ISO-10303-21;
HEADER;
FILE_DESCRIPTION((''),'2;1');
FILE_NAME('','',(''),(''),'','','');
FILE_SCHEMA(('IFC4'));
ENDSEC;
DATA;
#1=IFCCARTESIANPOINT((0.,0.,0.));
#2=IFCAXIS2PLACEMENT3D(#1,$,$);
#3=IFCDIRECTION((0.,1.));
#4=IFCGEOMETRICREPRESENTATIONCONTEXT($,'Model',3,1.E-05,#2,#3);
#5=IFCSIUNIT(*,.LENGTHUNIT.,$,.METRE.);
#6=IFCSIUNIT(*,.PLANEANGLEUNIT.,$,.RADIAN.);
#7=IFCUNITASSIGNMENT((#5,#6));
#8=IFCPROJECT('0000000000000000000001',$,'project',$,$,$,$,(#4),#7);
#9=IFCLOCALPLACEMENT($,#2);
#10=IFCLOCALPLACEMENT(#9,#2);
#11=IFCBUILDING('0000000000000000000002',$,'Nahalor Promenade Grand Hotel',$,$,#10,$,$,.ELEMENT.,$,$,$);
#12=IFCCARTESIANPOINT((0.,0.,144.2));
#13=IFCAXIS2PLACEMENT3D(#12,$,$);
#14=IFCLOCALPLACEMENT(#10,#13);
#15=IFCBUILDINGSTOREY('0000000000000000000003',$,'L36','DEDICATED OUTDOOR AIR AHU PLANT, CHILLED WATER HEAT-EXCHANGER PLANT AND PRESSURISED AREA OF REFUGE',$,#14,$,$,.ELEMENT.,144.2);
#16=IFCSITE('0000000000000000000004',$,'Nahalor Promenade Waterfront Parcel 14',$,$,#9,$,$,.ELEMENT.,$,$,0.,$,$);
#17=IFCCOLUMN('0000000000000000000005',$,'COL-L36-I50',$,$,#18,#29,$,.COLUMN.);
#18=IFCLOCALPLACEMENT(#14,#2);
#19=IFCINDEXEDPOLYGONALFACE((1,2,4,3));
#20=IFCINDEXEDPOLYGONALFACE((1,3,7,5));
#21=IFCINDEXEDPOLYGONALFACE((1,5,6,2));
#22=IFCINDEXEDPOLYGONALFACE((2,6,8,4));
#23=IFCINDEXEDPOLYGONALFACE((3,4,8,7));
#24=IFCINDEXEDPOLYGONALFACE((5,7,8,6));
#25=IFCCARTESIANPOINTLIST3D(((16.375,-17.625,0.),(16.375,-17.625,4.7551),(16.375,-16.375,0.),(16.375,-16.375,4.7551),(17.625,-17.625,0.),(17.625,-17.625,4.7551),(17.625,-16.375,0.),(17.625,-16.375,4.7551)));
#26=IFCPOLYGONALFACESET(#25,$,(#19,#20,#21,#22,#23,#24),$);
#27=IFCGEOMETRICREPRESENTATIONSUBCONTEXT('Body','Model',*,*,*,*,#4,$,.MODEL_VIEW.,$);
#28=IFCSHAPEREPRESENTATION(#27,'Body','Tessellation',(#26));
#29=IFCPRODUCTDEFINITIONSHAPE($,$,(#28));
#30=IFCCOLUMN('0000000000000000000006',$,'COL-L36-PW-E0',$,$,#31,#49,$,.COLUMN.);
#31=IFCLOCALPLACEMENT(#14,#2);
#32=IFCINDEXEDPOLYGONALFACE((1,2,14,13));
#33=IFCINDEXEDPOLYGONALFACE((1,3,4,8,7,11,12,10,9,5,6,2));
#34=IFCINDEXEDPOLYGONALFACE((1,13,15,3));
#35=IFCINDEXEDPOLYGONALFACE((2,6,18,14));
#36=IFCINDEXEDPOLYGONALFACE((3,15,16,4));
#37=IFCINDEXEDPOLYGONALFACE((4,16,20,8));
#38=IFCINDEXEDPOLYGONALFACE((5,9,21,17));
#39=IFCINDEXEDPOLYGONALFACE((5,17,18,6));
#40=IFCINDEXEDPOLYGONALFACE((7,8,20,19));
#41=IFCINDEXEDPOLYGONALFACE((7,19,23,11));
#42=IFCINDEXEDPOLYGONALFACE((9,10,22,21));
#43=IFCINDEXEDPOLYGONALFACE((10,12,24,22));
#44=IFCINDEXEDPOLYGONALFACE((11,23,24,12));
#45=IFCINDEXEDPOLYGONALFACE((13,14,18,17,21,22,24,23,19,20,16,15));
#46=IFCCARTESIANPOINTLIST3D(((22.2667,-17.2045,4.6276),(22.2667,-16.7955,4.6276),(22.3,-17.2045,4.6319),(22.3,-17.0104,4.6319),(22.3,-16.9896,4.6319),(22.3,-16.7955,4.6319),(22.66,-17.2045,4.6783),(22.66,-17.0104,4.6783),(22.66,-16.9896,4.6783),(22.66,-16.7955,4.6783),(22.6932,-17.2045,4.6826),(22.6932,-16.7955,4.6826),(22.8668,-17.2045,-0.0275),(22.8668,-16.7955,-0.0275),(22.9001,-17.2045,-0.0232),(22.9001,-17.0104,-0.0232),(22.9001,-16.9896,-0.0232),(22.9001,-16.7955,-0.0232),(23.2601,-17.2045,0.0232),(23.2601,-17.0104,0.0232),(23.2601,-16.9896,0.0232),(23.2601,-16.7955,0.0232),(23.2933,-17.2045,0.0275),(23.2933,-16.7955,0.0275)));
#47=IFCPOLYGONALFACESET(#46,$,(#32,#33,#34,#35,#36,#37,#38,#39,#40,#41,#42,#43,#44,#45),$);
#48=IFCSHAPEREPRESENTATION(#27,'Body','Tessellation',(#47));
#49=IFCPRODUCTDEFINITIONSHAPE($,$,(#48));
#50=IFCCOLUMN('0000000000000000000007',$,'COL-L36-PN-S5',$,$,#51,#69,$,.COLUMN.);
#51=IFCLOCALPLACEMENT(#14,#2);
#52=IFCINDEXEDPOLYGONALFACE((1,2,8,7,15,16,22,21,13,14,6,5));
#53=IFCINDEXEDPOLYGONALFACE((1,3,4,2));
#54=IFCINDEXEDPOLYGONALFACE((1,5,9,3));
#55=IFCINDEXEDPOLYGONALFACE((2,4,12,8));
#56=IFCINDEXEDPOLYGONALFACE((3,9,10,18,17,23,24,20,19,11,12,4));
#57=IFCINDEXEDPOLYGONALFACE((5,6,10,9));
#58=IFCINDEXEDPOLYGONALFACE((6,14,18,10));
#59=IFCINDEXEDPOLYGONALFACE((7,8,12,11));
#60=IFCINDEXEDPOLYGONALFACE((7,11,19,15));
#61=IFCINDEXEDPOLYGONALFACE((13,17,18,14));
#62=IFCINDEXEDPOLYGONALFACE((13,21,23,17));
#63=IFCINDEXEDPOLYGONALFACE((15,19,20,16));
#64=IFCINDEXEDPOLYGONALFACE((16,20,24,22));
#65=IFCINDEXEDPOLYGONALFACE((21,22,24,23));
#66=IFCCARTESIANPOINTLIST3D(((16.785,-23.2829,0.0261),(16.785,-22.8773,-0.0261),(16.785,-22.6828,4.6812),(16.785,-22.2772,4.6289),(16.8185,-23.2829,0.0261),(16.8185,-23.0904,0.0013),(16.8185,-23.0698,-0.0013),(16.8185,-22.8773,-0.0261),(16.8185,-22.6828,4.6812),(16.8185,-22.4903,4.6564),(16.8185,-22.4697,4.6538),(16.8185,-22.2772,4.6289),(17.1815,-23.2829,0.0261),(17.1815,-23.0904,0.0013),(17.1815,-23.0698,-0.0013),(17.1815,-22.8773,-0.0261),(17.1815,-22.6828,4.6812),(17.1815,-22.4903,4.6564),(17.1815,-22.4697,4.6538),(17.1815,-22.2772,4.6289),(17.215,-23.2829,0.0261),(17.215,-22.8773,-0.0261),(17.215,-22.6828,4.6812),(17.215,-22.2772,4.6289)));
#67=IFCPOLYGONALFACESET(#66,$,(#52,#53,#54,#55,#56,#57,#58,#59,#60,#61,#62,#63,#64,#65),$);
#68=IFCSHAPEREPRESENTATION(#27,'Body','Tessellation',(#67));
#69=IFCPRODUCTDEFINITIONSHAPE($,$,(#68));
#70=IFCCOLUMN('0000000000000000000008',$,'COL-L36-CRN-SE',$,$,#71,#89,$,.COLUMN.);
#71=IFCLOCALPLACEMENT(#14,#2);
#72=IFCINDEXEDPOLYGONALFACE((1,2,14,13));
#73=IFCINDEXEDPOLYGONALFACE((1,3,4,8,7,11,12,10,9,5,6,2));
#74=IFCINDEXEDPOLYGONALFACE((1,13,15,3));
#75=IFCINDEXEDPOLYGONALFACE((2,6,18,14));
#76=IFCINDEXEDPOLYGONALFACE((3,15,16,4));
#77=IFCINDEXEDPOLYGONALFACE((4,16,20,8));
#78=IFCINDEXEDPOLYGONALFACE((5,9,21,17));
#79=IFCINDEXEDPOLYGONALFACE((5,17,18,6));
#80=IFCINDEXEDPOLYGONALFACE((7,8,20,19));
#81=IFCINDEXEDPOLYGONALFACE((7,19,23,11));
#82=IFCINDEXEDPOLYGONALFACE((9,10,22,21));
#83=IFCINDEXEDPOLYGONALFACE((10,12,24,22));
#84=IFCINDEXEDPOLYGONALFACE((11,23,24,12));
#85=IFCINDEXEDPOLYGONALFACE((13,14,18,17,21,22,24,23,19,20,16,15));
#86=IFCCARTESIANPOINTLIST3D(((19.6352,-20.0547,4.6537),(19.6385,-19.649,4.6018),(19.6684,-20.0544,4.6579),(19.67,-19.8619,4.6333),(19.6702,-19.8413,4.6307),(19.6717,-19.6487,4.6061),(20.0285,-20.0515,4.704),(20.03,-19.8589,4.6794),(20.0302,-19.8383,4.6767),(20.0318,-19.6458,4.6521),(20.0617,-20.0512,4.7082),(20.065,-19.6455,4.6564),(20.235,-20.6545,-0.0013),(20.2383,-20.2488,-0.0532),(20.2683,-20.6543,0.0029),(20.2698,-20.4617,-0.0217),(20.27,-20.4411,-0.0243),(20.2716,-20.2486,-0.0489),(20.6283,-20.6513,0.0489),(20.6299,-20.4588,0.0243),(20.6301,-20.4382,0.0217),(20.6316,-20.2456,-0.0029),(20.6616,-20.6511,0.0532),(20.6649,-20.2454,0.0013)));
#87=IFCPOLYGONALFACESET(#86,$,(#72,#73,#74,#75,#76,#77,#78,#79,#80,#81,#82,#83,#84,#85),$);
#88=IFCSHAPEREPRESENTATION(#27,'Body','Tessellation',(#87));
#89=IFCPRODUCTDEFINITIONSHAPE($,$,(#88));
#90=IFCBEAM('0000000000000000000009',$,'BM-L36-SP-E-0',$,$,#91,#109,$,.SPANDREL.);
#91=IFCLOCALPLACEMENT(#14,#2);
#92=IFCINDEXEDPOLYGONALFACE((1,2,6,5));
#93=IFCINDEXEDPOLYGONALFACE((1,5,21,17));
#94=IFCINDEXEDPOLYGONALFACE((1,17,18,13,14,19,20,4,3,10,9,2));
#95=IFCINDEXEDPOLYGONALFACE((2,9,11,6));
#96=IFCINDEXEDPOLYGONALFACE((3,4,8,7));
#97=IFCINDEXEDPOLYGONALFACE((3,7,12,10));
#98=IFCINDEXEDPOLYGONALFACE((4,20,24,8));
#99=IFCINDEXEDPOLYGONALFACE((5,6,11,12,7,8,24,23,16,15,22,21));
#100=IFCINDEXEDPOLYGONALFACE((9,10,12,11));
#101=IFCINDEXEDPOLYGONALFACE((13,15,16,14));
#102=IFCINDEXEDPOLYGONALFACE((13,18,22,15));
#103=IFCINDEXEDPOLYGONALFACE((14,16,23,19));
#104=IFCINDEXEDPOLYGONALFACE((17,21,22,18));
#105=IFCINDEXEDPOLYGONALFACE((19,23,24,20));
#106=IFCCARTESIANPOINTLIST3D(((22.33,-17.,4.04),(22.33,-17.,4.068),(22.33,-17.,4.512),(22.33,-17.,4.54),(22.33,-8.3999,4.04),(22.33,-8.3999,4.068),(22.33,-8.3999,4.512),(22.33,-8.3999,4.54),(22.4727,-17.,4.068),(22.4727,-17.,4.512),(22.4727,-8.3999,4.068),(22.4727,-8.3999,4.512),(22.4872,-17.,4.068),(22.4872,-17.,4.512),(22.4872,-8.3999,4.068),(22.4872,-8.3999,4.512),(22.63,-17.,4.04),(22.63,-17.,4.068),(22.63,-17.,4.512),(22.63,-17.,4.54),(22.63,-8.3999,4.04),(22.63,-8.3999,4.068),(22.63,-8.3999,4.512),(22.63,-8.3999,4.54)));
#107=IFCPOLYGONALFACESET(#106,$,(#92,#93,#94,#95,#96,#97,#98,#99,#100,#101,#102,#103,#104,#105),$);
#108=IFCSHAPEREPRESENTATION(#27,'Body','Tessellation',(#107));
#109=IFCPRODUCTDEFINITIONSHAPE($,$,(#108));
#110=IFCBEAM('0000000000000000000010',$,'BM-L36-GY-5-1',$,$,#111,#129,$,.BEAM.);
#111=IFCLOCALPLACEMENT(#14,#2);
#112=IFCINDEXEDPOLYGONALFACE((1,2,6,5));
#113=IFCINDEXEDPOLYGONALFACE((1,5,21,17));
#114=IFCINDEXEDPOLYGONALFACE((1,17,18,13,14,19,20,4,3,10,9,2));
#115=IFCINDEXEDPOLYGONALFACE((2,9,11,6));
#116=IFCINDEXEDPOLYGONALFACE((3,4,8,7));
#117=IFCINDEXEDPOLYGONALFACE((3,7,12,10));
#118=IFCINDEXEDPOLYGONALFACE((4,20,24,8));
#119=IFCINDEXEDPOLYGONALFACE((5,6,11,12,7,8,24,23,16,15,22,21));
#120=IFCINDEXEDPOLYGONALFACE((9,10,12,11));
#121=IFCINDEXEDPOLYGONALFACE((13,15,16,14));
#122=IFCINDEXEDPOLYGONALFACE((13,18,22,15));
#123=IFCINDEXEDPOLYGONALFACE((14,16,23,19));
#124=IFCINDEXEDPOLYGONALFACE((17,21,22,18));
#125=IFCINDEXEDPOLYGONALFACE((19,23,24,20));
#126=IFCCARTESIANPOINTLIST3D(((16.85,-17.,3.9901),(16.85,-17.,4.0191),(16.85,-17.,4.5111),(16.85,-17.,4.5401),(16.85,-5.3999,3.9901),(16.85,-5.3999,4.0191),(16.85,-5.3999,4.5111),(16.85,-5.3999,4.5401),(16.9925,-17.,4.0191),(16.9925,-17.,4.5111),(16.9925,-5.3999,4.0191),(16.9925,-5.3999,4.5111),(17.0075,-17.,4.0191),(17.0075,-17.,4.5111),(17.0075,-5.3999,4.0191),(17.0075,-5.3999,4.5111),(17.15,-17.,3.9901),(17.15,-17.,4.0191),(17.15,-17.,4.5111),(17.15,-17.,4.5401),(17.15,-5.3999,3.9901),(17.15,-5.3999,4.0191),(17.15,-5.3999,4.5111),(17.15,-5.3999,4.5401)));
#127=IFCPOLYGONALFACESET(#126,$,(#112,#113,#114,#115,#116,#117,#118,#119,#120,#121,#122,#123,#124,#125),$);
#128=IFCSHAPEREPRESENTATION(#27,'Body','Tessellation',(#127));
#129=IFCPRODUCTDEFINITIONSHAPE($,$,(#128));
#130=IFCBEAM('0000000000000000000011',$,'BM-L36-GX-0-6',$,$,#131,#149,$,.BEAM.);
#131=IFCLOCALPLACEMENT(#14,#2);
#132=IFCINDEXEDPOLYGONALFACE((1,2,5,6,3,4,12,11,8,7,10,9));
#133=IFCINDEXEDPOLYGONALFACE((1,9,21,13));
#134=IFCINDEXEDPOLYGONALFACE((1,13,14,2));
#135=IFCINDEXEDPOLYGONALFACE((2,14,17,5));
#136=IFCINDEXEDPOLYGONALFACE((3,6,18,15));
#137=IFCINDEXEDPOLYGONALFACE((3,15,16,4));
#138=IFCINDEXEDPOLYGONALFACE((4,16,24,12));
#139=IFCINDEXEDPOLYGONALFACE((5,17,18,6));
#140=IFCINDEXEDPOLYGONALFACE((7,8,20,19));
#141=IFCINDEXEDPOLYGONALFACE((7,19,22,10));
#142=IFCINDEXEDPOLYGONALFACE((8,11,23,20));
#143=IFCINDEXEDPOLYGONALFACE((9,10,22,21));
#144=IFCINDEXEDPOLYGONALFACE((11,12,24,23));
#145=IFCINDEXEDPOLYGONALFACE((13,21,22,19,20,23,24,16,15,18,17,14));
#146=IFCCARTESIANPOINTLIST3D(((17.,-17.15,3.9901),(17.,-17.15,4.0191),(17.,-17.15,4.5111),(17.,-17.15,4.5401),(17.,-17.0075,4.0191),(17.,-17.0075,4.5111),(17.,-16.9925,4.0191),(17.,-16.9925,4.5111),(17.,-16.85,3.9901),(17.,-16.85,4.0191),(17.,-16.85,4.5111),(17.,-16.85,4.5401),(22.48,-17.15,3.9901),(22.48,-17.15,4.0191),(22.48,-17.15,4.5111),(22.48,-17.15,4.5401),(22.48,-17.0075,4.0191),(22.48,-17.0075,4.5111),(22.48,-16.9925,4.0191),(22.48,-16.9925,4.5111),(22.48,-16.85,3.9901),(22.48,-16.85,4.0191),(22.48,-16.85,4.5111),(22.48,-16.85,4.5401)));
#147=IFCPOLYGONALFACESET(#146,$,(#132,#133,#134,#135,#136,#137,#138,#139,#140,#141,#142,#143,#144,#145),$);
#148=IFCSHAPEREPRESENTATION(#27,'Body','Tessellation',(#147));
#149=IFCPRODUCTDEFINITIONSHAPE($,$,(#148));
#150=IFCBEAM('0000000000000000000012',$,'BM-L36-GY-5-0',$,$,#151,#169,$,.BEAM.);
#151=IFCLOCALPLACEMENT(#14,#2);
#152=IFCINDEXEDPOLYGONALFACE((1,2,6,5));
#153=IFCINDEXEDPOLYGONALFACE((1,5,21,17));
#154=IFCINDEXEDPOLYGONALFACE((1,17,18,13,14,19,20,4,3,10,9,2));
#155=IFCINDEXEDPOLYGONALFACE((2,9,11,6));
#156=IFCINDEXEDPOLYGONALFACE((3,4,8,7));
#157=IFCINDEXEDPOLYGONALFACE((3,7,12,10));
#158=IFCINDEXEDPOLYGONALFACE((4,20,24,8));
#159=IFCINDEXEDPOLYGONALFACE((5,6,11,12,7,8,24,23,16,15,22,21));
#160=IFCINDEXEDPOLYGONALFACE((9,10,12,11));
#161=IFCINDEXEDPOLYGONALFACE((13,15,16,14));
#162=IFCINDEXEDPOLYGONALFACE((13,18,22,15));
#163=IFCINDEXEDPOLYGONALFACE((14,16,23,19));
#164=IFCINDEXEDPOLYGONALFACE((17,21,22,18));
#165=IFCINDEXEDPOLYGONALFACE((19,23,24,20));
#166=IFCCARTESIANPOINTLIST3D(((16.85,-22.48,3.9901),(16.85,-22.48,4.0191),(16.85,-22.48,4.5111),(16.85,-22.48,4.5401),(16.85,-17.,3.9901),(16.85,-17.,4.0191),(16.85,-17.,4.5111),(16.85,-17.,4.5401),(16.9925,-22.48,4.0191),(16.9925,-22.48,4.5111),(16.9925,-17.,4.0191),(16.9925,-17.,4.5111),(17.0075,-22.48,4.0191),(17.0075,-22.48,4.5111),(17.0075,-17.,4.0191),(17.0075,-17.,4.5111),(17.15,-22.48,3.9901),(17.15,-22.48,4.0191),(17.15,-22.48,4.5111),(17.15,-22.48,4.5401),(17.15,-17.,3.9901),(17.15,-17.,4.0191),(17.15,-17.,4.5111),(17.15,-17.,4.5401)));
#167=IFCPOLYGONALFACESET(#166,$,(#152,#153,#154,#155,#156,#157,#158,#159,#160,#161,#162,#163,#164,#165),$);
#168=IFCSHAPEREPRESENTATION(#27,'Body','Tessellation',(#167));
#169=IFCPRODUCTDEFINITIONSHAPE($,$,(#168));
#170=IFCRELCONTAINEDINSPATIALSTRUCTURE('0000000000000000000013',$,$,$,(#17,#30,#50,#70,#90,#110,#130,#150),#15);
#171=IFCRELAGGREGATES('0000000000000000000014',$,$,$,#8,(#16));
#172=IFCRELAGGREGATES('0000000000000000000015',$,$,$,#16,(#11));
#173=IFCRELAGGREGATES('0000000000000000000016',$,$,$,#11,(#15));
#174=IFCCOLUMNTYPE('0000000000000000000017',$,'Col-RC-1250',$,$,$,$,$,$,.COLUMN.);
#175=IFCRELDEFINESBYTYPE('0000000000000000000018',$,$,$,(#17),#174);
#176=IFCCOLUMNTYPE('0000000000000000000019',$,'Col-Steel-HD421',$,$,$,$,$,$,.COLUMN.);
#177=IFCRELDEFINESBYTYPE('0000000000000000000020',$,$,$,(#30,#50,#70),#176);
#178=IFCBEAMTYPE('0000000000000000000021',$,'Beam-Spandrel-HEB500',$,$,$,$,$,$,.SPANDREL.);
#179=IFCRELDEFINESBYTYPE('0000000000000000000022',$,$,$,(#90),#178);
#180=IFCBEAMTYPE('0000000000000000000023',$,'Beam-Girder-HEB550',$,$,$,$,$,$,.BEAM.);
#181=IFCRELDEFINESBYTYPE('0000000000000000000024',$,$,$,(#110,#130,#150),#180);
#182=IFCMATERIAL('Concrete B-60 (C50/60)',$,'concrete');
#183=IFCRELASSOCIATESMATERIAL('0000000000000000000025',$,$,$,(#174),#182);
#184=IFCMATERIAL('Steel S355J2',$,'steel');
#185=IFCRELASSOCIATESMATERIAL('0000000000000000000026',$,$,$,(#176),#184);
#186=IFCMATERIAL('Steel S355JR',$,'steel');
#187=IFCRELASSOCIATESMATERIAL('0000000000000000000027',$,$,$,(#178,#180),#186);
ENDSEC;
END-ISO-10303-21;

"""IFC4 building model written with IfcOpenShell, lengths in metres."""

from ifc_helpers import new_model, si_unit, direction, frame, origin, origin_2d, place, context, subcontext, project, spatial, rectangle, i_section, extrude, source, transform, mapped, material, material_profile, profile_set, type_object, element, save


model = new_model("IFC4")

# Units and contexts
model_context = context("Model", 3, precision=1e-05, world=origin(), true_north=direction((0.0, 1.0)))
body_context = subcontext(model_context, "Body", "Model", "MODEL_VIEW")
ifc_project = project(units=[si_unit("LENGTHUNIT", "METRE"), si_unit("PLANEANGLEUNIT", "RADIAN")], contexts=[model_context])

# Site, building, storey
site_placement = place(None, origin())
site = spatial("IfcSite", under=ifc_project, at=site_placement, Name="Nahalor Promenade Waterfront Parcel 14", CompositionType="ELEMENT", RefElevation=0.0)
building_placement = place(site_placement, origin())
building = spatial("IfcBuilding", under=site, at=building_placement, Name="Nahalor Promenade Grand Hotel", CompositionType="ELEMENT")
storey_placement = place(building_placement, frame((0.0, 0.0, 144.2)))
storey = spatial("IfcBuildingStorey", under=building, at=storey_placement, Name="L36", Description="DEDICATED OUTDOOR AIR AHU PLANT, CHILLED WATER HEAT-EXCHANGER PLANT AND PRESSURISED AREA OF REFUGE", CompositionType="ELEMENT", Elevation=144.2)

# Columns
ifc_material_1 = material(Name="Concrete B-60 (C50/60)", Category="concrete")
ifc_material_profile_1 = material_profile(ifc_material_1, rectangle(XDim=1.25, YDim=1.25, at=origin_2d()), Name="RC 1250x1250")
ifc_profile_set_1 = profile_set([ifc_material_profile_1], Name="Concrete B-60 (C50/60)")
column_type_1 = type_object("IfcColumnType", Name="Col-RC-1250", PredefinedType="COLUMN", material=ifc_profile_set_1)
shared_shape_1 = source(origin(), body_context, "Body", "SweptSolid", [
    extrude(rectangle(XDim=1.25, YDim=1.25, at=origin_2d()), origin(), (0.0, 0.0, 1.0), 4.7551),
])
column_1_placement = place(storey_placement, frame((17.0, -17.0, 0.0), z_axis=(0.0, 0.0, 1.0), x_axis=(1.0, 0.0, 0.0)))
element("IfcColumn", 1, at=column_1_placement, inside=storey, type_object=column_type_1, Name="COL-L36-I50", PredefinedType="COLUMN", context=body_context, shape_type="MappedRepresentation", body=[
    mapped(shared_shape_1, transform((0.0, 0.0, 0.0), scale=1.0)),
])
ifc_material_2 = material(Name="Steel S355J2", Category="steel")
ifc_material_profile_2 = material_profile(ifc_material_2, i_section(OverallWidth=0.409, OverallDepth=0.43, WebThickness=0.0208, FlangeThickness=0.0335, at=origin_2d()), Name="HD 400x421")
ifc_profile_set_2 = profile_set([ifc_material_profile_2], Name="Steel S355J2")
column_type_2 = type_object("IfcColumnType", Name="Col-Steel-HD421", PredefinedType="COLUMN", material=ifc_profile_set_2)
shared_shape_2 = source(origin(), body_context, "Body", "SweptSolid", [
    extrude(i_section(OverallWidth=0.409, OverallDepth=0.43, WebThickness=0.0208, FlangeThickness=0.0335, at=origin_2d()), origin(), (0.0, 0.0, 1.0), 4.6936),
])
for number, where, z_axis, x_axis, name in (
    (2, (23.0801, -17.0, 0.0), (-0.127856, 0.0, 0.991793), (0.0, -1.0, 0.0), "COL-L36-PW-E0"),
    (3, (17.0, -23.0801, 0.0), (0.0, 0.127856, 0.991793), (0.0, -0.991793, 0.127856), "COL-L36-PN-S5"),
):
    element("IfcColumn", number, at=place(storey_placement, frame(where, z_axis=z_axis, x_axis=x_axis)), inside=storey, type_object=column_type_2, Name=name, PredefinedType="COLUMN", context=body_context, shape_type="MappedRepresentation", body=[
        mapped(shared_shape_2, transform((0.0, 0.0, 0.0), scale=1.0)),
    ])
shared_shape_3 = source(origin(), body_context, "Body", "SweptSolid", [
    extrude(i_section(OverallWidth=0.409, OverallDepth=0.43, WebThickness=0.0208, FlangeThickness=0.0335, at=origin_2d()), origin(), (0.0, 0.0, 1.0), 4.7317),
])
column_2_placement = place(storey_placement, frame((20.45, -20.45, 0.0), z_axis=(-0.126773, 0.126773, 0.983797), x_axis=(-0.008101, -0.991899, 0.126773)))
element("IfcColumn", 4, at=column_2_placement, inside=storey, type_object=column_type_2, Name="COL-L36-CRN-SE", PredefinedType="COLUMN", context=body_context, shape_type="MappedRepresentation", body=[
    mapped(shared_shape_3, transform((0.0, 0.0, 0.0), scale=1.0)),
])

# Beams
ifc_material_3 = material(Name="Steel S355JR", Category="steel")
ifc_material_profile_3 = material_profile(ifc_material_3, i_section(OverallWidth=0.3, OverallDepth=0.5, WebThickness=0.0145, FlangeThickness=0.028, at=origin_2d()), Name="HEB 500")
ifc_profile_set_3 = profile_set([ifc_material_profile_3], Name="Steel S355JR")
beam_type_1 = type_object("IfcBeamType", Name="Beam-Spandrel-HEB500", PredefinedType="SPANDREL", material=ifc_profile_set_3)
shared_shape_4 = source(origin(), body_context, "Body", "SweptSolid", [
    extrude(i_section(OverallWidth=0.3, OverallDepth=0.5, WebThickness=0.0145, FlangeThickness=0.028, at=origin_2d()), origin(), (0.0, 0.0, 1.0), 8.6001),
])
beam_1_placement = place(storey_placement, frame((22.48, -17.0, 4.29), z_axis=(0.0, 1.0, 0.0), x_axis=(-1.0, 0.0, 0.0)))
element("IfcBeam", 5, at=beam_1_placement, inside=storey, type_object=beam_type_1, Name="BM-L36-SP-E-0", PredefinedType="SPANDREL", context=body_context, shape_type="MappedRepresentation", body=[
    mapped(shared_shape_4, transform((0.0, 0.0, 0.0), scale=1.0)),
])
ifc_material_profile_4 = material_profile(ifc_material_3, i_section(OverallWidth=0.3, OverallDepth=0.55, WebThickness=0.015, FlangeThickness=0.029, at=origin_2d()), Name="HEB 550")
ifc_profile_set_4 = profile_set([ifc_material_profile_4], Name="Steel S355JR")
beam_type_2 = type_object("IfcBeamType", Name="Beam-Girder-HEB550", PredefinedType="BEAM", material=ifc_profile_set_4)
shared_shape_5 = source(origin(), body_context, "Body", "SweptSolid", [
    extrude(i_section(OverallWidth=0.3, OverallDepth=0.55, WebThickness=0.015, FlangeThickness=0.029, at=origin_2d()), origin(), (0.0, 0.0, 1.0), 11.6001),
])
beam_2_placement = place(storey_placement, frame((17.0, -17.0, 4.2651), z_axis=(0.0, 1.0, 0.0), x_axis=(-1.0, 0.0, 0.0)))
element("IfcBeam", 6, at=beam_2_placement, inside=storey, type_object=beam_type_2, Name="BM-L36-GY-5-1", PredefinedType="BEAM", context=body_context, shape_type="MappedRepresentation", body=[
    mapped(shared_shape_5, transform((0.0, 0.0, 0.0), scale=1.0)),
])
shared_shape_6 = source(origin(), body_context, "Body", "SweptSolid", [
    extrude(i_section(OverallWidth=0.3, OverallDepth=0.55, WebThickness=0.015, FlangeThickness=0.029, at=origin_2d()), origin(), (0.0, 0.0, 1.0), 5.48),
])
for number, where, z_axis, x_axis, name in (
    (7, (17.0, -17.0, 4.2651), (1.0, 0.0, 0.0), (0.0, 1.0, 0.0), "BM-L36-GX-0-6"),
    (8, (17.0, -22.48, 4.2651), (0.0, 1.0, 0.0), (-1.0, 0.0, 0.0), "BM-L36-GY-5-0"),
):
    element("IfcBeam", number, at=place(storey_placement, frame(where, z_axis=z_axis, x_axis=x_axis)), inside=storey, type_object=beam_type_2, Name=name, PredefinedType="BEAM", context=body_context, shape_type="MappedRepresentation", body=[
        mapped(shared_shape_6, transform((0.0, 0.0, 0.0), scale=1.0)),
    ])

save(model, "model.ifc")
